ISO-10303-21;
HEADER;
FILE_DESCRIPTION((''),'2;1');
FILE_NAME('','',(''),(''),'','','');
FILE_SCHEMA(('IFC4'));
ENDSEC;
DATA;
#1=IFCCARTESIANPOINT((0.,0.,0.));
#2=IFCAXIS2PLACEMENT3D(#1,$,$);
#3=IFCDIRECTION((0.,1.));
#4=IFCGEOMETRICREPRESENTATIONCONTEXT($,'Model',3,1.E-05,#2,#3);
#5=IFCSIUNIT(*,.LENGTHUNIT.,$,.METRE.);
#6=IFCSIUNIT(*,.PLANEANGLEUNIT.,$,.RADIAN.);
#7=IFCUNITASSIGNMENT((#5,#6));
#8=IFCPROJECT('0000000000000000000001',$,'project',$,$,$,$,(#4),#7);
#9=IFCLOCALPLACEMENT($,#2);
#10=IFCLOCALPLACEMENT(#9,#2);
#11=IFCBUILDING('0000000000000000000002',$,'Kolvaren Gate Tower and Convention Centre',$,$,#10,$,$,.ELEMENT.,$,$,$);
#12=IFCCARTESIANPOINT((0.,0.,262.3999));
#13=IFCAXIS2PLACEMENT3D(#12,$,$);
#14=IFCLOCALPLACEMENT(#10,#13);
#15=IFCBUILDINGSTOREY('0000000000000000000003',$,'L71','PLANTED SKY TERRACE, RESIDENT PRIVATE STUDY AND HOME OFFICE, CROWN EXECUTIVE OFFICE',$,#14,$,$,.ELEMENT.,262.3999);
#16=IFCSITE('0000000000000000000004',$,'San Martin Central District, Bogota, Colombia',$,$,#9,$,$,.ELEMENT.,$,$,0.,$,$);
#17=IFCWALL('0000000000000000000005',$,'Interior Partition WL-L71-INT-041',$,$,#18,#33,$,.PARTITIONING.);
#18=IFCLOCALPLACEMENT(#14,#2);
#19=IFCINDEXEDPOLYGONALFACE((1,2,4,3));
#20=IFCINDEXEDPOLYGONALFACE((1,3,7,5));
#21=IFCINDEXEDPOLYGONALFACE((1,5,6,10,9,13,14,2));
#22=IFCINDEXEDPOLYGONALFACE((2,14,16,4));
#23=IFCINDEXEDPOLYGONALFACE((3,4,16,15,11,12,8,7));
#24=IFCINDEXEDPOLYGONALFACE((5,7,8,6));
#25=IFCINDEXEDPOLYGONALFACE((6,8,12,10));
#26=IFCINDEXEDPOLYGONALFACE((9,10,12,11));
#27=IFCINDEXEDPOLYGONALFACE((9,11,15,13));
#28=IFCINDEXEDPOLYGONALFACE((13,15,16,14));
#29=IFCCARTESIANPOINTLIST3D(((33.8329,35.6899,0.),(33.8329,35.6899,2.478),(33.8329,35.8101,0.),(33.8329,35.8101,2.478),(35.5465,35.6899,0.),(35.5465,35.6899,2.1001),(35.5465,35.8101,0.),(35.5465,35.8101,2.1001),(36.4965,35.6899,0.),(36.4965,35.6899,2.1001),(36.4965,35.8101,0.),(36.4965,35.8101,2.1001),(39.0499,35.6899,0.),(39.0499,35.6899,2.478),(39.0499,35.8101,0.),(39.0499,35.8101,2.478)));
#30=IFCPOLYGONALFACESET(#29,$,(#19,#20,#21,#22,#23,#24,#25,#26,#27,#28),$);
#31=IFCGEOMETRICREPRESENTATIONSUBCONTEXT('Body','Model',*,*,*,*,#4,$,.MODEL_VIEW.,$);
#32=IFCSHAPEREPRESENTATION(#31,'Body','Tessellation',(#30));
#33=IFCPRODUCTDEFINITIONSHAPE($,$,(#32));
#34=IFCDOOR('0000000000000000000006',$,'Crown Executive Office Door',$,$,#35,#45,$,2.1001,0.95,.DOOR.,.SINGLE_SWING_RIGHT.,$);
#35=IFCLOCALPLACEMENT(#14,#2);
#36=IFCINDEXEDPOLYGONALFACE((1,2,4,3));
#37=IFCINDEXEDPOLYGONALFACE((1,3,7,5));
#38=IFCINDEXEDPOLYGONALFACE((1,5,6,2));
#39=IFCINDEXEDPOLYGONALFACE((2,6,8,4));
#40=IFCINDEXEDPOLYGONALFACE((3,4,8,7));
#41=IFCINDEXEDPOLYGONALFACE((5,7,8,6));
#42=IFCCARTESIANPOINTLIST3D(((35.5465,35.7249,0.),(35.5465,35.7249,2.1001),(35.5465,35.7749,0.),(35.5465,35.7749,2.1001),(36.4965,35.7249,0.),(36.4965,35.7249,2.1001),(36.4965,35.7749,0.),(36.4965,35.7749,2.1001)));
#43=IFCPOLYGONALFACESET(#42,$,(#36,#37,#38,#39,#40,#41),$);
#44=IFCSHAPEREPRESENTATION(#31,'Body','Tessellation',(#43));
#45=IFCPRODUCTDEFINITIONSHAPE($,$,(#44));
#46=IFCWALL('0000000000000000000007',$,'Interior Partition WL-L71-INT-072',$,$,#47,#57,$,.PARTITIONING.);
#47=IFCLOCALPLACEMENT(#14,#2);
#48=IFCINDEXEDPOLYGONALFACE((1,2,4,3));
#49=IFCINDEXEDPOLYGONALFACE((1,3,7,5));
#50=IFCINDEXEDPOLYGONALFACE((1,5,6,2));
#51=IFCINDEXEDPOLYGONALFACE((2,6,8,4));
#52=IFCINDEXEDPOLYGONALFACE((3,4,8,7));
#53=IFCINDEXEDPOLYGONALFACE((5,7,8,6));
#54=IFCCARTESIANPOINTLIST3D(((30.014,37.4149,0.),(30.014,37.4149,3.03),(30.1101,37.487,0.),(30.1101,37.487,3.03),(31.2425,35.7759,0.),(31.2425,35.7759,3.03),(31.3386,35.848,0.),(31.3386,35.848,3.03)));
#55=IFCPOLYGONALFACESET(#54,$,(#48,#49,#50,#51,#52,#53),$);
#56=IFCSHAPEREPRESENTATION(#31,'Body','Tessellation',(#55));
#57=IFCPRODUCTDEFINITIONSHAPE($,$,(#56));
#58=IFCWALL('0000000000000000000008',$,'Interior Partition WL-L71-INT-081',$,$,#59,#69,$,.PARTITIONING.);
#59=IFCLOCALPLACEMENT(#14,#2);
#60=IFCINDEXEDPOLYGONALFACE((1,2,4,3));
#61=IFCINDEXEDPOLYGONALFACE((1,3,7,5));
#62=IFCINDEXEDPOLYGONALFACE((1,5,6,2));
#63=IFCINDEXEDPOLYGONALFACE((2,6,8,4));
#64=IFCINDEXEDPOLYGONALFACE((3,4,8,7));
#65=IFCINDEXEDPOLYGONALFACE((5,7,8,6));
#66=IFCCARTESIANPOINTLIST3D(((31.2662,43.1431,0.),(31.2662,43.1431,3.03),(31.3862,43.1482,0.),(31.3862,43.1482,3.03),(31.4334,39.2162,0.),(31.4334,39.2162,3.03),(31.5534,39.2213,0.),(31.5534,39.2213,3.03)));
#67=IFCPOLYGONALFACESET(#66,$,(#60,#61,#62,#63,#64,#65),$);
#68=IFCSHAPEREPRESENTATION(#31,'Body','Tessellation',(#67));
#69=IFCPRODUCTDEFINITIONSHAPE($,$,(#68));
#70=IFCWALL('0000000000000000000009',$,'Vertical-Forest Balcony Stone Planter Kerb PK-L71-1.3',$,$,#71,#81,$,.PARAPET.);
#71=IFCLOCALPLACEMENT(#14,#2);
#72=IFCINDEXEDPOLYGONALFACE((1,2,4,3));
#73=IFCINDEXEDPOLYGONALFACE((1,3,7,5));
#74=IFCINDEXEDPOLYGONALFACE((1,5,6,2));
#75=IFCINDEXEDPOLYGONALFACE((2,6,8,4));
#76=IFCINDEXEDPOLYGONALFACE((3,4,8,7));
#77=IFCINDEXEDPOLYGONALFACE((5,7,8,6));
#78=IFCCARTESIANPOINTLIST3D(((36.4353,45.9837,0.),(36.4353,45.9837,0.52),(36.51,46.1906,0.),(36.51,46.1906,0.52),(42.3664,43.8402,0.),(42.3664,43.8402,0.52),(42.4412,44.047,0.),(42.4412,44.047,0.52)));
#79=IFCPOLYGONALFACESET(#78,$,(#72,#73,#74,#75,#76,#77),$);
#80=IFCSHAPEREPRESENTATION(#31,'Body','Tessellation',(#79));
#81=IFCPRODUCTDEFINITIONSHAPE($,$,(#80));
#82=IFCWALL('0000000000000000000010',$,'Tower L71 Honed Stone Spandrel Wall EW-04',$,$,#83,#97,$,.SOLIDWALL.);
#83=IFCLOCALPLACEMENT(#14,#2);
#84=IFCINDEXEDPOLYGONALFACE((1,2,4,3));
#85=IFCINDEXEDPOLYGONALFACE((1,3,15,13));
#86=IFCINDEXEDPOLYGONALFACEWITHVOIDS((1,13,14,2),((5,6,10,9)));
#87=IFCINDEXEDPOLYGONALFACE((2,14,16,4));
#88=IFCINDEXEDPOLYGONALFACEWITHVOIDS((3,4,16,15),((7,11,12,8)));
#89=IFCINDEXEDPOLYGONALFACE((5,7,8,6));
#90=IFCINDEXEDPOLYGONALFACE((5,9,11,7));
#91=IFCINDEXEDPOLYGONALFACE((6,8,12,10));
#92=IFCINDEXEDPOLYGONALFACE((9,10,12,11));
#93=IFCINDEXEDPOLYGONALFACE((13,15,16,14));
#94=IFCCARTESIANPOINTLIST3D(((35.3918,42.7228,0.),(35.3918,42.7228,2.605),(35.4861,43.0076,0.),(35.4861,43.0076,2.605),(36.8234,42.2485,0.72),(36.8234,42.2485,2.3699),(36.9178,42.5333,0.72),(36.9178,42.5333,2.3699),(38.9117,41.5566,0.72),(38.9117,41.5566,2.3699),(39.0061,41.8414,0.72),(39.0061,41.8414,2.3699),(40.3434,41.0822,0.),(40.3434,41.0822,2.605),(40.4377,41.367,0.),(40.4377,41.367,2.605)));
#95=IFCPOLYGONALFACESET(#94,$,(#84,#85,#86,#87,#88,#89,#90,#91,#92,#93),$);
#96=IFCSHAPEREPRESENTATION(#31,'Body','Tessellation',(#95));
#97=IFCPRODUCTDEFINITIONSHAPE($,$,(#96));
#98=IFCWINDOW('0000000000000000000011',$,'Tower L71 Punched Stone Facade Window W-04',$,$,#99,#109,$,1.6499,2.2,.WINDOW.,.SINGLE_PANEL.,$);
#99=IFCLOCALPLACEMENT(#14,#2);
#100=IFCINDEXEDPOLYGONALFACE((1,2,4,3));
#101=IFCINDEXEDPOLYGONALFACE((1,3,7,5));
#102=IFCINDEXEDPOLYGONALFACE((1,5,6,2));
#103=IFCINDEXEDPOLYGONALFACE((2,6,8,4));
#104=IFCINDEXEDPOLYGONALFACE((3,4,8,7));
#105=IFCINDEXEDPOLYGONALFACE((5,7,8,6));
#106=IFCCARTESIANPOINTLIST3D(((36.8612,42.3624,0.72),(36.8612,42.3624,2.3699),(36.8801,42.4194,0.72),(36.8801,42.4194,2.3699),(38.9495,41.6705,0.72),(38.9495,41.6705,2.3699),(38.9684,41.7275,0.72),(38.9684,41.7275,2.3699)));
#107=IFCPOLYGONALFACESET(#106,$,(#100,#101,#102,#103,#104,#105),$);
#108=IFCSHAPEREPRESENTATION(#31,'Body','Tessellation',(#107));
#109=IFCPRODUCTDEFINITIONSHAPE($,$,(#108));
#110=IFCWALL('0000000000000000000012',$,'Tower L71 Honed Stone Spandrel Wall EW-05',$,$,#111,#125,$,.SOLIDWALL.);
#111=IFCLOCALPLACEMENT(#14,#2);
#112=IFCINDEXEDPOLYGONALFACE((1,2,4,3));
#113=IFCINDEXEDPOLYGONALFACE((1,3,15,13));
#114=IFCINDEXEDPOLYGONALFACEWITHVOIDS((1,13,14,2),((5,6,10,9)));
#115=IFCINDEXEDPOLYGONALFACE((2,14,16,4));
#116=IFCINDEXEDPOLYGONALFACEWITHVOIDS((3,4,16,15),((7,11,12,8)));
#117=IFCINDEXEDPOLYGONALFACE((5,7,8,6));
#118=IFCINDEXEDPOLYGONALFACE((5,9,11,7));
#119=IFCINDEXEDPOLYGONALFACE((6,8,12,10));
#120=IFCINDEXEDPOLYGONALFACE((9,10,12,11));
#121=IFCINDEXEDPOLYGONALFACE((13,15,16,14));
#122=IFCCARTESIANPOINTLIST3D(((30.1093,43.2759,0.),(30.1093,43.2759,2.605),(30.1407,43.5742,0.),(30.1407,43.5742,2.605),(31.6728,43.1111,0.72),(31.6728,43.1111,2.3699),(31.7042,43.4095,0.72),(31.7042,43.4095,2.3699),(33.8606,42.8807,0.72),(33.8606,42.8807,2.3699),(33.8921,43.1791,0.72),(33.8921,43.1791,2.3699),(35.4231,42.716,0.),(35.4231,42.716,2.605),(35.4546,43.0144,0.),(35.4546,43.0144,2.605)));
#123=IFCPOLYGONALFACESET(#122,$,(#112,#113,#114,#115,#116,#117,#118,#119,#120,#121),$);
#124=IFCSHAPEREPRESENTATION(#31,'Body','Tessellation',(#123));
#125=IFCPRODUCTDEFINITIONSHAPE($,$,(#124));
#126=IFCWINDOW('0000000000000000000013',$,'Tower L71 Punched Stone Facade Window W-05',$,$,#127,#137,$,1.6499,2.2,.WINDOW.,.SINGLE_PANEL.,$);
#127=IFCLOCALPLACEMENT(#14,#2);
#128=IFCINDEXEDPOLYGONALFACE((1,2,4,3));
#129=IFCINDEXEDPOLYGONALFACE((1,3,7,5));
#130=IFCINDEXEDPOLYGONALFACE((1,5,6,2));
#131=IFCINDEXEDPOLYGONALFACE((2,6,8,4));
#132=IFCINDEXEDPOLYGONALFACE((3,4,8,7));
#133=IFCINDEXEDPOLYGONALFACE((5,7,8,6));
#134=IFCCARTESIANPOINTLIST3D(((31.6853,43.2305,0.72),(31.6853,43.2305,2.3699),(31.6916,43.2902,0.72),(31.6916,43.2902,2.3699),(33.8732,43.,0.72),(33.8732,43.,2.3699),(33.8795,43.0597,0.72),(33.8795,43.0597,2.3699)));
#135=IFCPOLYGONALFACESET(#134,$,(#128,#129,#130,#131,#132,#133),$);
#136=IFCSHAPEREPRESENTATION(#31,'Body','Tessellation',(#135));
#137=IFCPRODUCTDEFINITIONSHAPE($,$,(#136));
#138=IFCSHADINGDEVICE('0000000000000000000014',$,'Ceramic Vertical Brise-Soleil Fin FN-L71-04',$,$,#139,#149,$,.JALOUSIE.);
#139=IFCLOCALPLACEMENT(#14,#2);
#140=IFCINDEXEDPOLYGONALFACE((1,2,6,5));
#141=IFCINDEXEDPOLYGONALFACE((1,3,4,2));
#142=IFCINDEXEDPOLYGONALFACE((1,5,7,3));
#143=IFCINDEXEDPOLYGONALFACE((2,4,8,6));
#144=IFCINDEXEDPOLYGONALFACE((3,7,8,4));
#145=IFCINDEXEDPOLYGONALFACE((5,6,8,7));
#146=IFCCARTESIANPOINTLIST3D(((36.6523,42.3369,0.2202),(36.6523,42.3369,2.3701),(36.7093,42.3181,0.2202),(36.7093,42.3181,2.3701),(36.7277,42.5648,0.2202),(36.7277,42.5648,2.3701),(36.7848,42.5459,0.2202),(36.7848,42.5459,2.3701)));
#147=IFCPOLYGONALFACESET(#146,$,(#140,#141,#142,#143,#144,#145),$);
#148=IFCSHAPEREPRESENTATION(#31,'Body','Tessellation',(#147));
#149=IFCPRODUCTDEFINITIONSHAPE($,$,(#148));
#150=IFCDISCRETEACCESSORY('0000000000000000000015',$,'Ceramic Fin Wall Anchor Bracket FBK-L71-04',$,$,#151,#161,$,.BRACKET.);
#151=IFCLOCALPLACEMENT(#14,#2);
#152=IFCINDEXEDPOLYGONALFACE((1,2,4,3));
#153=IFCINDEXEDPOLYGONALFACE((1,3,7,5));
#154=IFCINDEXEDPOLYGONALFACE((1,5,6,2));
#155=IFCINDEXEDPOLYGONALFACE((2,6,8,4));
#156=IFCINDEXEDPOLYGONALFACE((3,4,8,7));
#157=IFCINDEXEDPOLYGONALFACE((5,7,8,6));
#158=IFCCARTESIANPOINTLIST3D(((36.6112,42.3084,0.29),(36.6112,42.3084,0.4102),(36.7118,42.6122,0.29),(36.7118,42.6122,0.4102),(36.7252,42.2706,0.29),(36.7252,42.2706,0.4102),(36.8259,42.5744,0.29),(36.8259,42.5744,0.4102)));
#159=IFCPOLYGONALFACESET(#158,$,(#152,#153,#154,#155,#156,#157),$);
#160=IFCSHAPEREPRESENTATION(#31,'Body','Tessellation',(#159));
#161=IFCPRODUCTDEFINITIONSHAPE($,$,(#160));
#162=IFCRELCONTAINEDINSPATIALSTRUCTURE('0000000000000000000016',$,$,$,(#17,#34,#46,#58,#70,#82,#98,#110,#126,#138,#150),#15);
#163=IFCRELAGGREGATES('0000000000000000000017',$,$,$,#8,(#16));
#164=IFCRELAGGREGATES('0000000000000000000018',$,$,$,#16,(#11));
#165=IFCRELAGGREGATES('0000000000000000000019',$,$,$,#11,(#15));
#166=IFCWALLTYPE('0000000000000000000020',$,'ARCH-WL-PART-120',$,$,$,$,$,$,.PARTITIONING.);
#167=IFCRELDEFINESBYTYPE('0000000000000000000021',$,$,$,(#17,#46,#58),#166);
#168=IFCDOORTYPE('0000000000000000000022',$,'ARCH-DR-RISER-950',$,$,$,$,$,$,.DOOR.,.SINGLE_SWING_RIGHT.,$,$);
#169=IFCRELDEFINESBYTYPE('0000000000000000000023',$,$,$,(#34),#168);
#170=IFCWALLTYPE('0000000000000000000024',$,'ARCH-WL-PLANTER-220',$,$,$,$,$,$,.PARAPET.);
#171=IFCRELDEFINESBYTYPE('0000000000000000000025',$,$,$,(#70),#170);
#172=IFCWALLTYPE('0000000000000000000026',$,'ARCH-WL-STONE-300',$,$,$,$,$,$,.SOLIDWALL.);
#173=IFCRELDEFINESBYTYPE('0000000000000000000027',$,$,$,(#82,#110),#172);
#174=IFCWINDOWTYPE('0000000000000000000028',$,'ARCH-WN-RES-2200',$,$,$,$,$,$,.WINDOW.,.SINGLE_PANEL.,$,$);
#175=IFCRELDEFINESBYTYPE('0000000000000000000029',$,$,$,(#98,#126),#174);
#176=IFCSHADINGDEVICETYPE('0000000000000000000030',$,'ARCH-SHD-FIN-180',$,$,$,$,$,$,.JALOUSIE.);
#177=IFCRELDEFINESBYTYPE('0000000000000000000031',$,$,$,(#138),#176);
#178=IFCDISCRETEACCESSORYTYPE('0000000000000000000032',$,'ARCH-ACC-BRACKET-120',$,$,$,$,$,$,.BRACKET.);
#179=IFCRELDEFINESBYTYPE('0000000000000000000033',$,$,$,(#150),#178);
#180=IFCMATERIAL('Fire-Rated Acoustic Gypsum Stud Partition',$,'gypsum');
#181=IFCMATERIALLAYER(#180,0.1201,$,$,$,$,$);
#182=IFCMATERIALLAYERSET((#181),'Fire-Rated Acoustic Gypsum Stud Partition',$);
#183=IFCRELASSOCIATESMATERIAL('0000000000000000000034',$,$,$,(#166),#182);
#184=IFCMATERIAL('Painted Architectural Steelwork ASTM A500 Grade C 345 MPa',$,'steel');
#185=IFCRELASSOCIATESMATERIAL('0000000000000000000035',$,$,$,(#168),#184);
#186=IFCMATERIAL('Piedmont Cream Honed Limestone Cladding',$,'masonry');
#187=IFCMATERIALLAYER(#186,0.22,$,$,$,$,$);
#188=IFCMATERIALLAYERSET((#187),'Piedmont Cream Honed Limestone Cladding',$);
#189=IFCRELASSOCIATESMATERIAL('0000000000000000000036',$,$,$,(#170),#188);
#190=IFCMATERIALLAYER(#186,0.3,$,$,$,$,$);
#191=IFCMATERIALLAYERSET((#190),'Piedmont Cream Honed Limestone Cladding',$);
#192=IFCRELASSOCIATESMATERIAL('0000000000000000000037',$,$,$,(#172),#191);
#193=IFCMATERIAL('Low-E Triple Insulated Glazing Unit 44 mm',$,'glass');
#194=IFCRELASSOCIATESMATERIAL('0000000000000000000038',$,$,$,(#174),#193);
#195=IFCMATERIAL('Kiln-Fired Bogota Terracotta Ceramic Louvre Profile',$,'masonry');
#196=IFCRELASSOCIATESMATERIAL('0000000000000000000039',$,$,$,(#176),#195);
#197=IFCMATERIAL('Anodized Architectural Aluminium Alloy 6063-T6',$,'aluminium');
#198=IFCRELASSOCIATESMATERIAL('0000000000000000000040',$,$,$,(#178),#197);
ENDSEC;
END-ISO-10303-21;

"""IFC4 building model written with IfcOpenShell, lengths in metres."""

from ifc_helpers import new_model, si_unit, direction, frame, frame_2d, origin, origin_2d, place, context, subcontext, project, spatial, rectangle, extrude, material, layer, layer_set, type_object, element, fill, save


model = new_model("IFC4")

# Units and contexts
model_context = context("Model", 3, precision=1e-05, world=origin(), true_north=direction((0.0, 1.0)))
body_context = subcontext(model_context, "Body", "Model", "MODEL_VIEW")
ifc_project = project(units=[si_unit("LENGTHUNIT", "METRE"), si_unit("PLANEANGLEUNIT", "RADIAN")], contexts=[model_context])

# Site, building, storey
site_placement = place(None, origin())
site = spatial("IfcSite", under=ifc_project, at=site_placement, Name="San Martin Central District, Bogota, Colombia", CompositionType="ELEMENT", RefElevation=0.0)
building_placement = place(site_placement, origin())
building = spatial("IfcBuilding", under=site, at=building_placement, Name="Kolvaren Gate Tower and Convention Centre", CompositionType="ELEMENT")
storey_placement = place(building_placement, frame((0.0, 0.0, 262.3999)))
storey = spatial("IfcBuildingStorey", under=building, at=storey_placement, Name="L71", Description="PLANTED SKY TERRACE, RESIDENT PRIVATE STUDY AND HOME OFFICE, CROWN EXECUTIVE OFFICE", CompositionType="ELEMENT", Elevation=262.3999)

# Shared definitions
ifc_material_1 = material(Name="Fire-Rated Acoustic Gypsum Stud Partition", Category="gypsum")
ifc_layer_1 = layer(ifc_material_1, 0.1201)
ifc_layer_set_1 = layer_set([ifc_layer_1], Name="Fire-Rated Acoustic Gypsum Stud Partition")
wall_type_1 = type_object("IfcWallType", Name="ARCH-WL-PART-120", PredefinedType="PARTITIONING", material=ifc_layer_set_1)

# Wall, opening, door
wall_1_placement = place(storey_placement, frame((33.833, 35.75, 0.0), z_axis=(0.0, 0.0, 1.0), x_axis=(1.0, 0.0, 0.0)))
wall_1 = element("IfcWall", 1, at=wall_1_placement, inside=storey, type_object=wall_type_1, Name="Interior Partition WL-L71-INT-041", PredefinedType="PARTITIONING", context=body_context, shape_type="SweptSolid", body=[
    extrude(rectangle(XDim=5.217, YDim=0.1201, at=frame_2d((2.6084, 0.0))), origin(), (0.0, 0.0, 1.0), 2.478),
])
opening_1_placement = place(wall_1_placement, frame((1.7134, 0.0, 0.0)))
opening_1 = element("IfcOpeningElement", 2, at=opening_1_placement, cuts=wall_1, PredefinedType="OPENING", context=body_context, shape_type="SweptSolid", body=[
    extrude(rectangle(XDim=0.95, YDim=2.1001, at=frame_2d((0.4751, 1.05))), frame((0.0, 0.0701, 0.0), z_axis=(0.0, -1.0, 0.0), x_axis=(1.0, 0.0, 0.0)), (0.0, 0.0, 1.0), 0.1401),
])
ifc_material_2 = material(Name="Painted Architectural Steelwork ASTM A500 Grade C 345 MPa", Category="steel")
door_type = type_object("IfcDoorType", Name="ARCH-DR-RISER-950", OperationType="SINGLE_SWING_RIGHT", PredefinedType="DOOR", material=ifc_material_2)
door_placement = place(opening_1_placement, origin())
door = element("IfcDoor", 3, at=door_placement, inside=storey, type_object=door_type, Name="Crown Executive Office Door", OperationType="SINGLE_SWING_RIGHT", OverallHeight=2.1001, OverallWidth=0.95, PredefinedType="DOOR", context=body_context, shape_type="SweptSolid", body=[
    extrude(rectangle(XDim=0.95, YDim=2.1001, at=frame_2d((0.4751, 1.05))), frame((0.0, 0.0249, 0.0), z_axis=(0.0, -1.0, 0.0), x_axis=(1.0, 0.0, 0.0)), (0.0, 0.0, 1.0), 0.05),
])
fill(opening_1, door)

# Walls
wall_2_placement = place(storey_placement, frame((30.062, 37.4509, 0.0), z_axis=(0.0, 0.0, 1.0), x_axis=(0.59979, -0.800157, 0.0)))
element("IfcWall", 4, at=wall_2_placement, inside=storey, type_object=wall_type_1, Name="Interior Partition WL-L71-INT-072", PredefinedType="PARTITIONING", context=body_context, shape_type="SweptSolid", body=[
    extrude(rectangle(XDim=2.0483, YDim=0.1201, at=frame_2d((1.0242, 0.0))), origin(), (0.0, 0.0, 1.0), 3.03),
])
wall_3_placement = place(storey_placement, frame((31.3262, 43.1458, 0.0), z_axis=(0.0, 0.0, 1.0), x_axis=(0.04255, -0.999094, 0.0)))
element("IfcWall", 5, at=wall_3_placement, inside=storey, type_object=wall_type_1, Name="Interior Partition WL-L71-INT-081", PredefinedType="PARTITIONING", context=body_context, shape_type="SweptSolid", body=[
    extrude(rectangle(XDim=3.9304, YDim=0.1201, at=frame_2d((1.9653, 0.0))), origin(), (0.0, 0.0, 1.0), 3.03),
])
ifc_material_3 = material(Name="Piedmont Cream Honed Limestone Cladding", Category="masonry")
ifc_layer_2 = layer(ifc_material_3, 0.22)
ifc_layer_set_2 = layer_set([ifc_layer_2], Name="Piedmont Cream Honed Limestone Cladding")
wall_type_2 = type_object("IfcWallType", Name="ARCH-WL-PLANTER-220", PredefinedType="PARAPET", material=ifc_layer_set_2)
wall_4_placement = place(storey_placement, frame((36.4727, 46.0872, 0.0), z_axis=(0.0, 0.0, 1.0), x_axis=(0.940465, -0.33989, 0.0)))
element("IfcWall", 6, at=wall_4_placement, inside=storey, type_object=wall_type_2, Name="Vertical-Forest Balcony Stone Planter Kerb PK-L71-1.3", PredefinedType="PARAPET", context=body_context, shape_type="SweptSolid", body=[
    extrude(rectangle(XDim=6.3066, YDim=0.22, at=frame_2d((3.1533, 0.0))), origin(), (0.0, 0.0, 1.0), 0.52),
])

# Walls, openings, windows
ifc_layer_3 = layer(ifc_material_3, 0.3)
ifc_layer_set_3 = layer_set([ifc_layer_3], Name="Piedmont Cream Honed Limestone Cladding")
wall_type_3 = type_object("IfcWallType", Name="ARCH-WL-STONE-300", PredefinedType="SOLIDWALL", material=ifc_layer_set_3)
wall_5_placement = place(storey_placement, frame((35.439, 42.8652, 0.0), z_axis=(0.0, 0.0, 1.0), x_axis=(0.949253, -0.314514, 0.0)))
wall_5 = element("IfcWall", 7, at=wall_5_placement, inside=storey, type_object=wall_type_3, Name="Tower L71 Honed Stone Spandrel Wall EW-04", PredefinedType="SOLIDWALL", context=body_context, shape_type="SweptSolid", body=[
    extrude(rectangle(XDim=5.2163, YDim=0.3, at=frame_2d((2.6082, 0.0))), origin(), (0.0, 0.0, 1.0), 2.605),
])
opening_2_placement = place(wall_5_placement, frame((1.5081, 0.0, 0.72)))
opening_2 = element("IfcOpeningElement", 8, at=opening_2_placement, cuts=wall_5, PredefinedType="OPENING", context=body_context, shape_type="SweptSolid", body=[
    extrude(rectangle(XDim=2.2, YDim=1.6499, at=frame_2d((1.1001, 0.825))), frame((0.0, 0.1599, 0.0), z_axis=(0.0, -1.0, 0.0), x_axis=(1.0, 0.0, 0.0)), (0.0, 0.0, 1.0), 0.3201),
])
ifc_material_4 = material(Name="Low-E Triple Insulated Glazing Unit 44 mm", Category="glass")
window_type = type_object("IfcWindowType", Name="ARCH-WN-RES-2200", PartitioningType="SINGLE_PANEL", PredefinedType="WINDOW", material=ifc_material_4)
window_1_placement = place(opening_2_placement, origin())
window_1 = element("IfcWindow", 9, at=window_1_placement, inside=storey, type_object=window_type, Name="Tower L71 Punched Stone Facade Window W-04", OverallHeight=1.6499, OverallWidth=2.2, PartitioningType="SINGLE_PANEL", PredefinedType="WINDOW", context=body_context, shape_type="SweptSolid", body=[
    extrude(rectangle(XDim=2.2, YDim=1.6499, at=frame_2d((1.1001, 0.825))), frame((0.0, 0.03, 0.0), z_axis=(0.0, -1.0, 0.0), x_axis=(1.0, 0.0, 0.0)), (0.0, 0.0, 1.0), 0.0601),
])
fill(opening_2, window_1)
wall_6_placement = place(storey_placement, frame((30.125, 43.425, 0.0), z_axis=(0.0, 0.0, 1.0), x_axis=(0.994497, -0.104768, 0.0)))
wall_6 = element("IfcWall", 10, at=wall_6_placement, inside=storey, type_object=wall_type_3, Name="Tower L71 Honed Stone Spandrel Wall EW-05", PredefinedType="SOLIDWALL", context=body_context, shape_type="SweptSolid", body=[
    extrude(rectangle(XDim=5.3433, YDim=0.3, at=frame_2d((2.6716, 0.0))), origin(), (0.0, 0.0, 1.0), 2.605),
])
opening_3_placement = place(wall_6_placement, frame((1.572, 0.0, 0.72)))
opening_3 = element("IfcOpeningElement", 11, at=opening_3_placement, cuts=wall_6, PredefinedType="OPENING", context=body_context, shape_type="SweptSolid", body=[
    extrude(rectangle(XDim=2.2, YDim=1.6499, at=frame_2d((1.1001, 0.825))), frame((0.0, 0.1599, 0.0), z_axis=(0.0, -1.0, 0.0), x_axis=(1.0, 0.0, 0.0)), (0.0, 0.0, 1.0), 0.3201),
])
window_2_placement = place(opening_3_placement, origin())
window_2 = element("IfcWindow", 12, at=window_2_placement, inside=storey, type_object=window_type, Name="Tower L71 Punched Stone Facade Window W-05", OverallHeight=1.6499, OverallWidth=2.2, PartitioningType="SINGLE_PANEL", PredefinedType="WINDOW", context=body_context, shape_type="SweptSolid", body=[
    extrude(rectangle(XDim=2.2, YDim=1.6499, at=frame_2d((1.1001, 0.825))), frame((0.0, 0.03, 0.0), z_axis=(0.0, -1.0, 0.0), x_axis=(1.0, 0.0, 0.0)), (0.0, 0.0, 1.0), 0.0601),
])
fill(opening_3, window_2)

# Shading device
ifc_material_5 = material(Name="Kiln-Fired Bogota Terracotta Ceramic Louvre Profile", Category="masonry")
shading_device_type = type_object("IfcShadingDeviceType", Name="ARCH-SHD-FIN-180", PredefinedType="JALOUSIE", material=ifc_material_5)
shading_device_placement = place(storey_placement, frame((36.7185, 42.4414, 0.2202), z_axis=(0.0, 0.0, 1.0), x_axis=(0.949243, -0.314543, 0.0)))
element("IfcShadingDevice", 13, at=shading_device_placement, inside=storey, type_object=shading_device_type, Name="Ceramic Vertical Brise-Soleil Fin FN-L71-04", PredefinedType="JALOUSIE", context=body_context, shape_type="SweptSolid", body=[
    extrude(rectangle(XDim=0.0601, YDim=0.24, at=origin_2d()), origin(), (0.0, 0.0, 1.0), 2.1499),
])

# Discrete accessory
ifc_material_6 = material(Name="Anodized Architectural Aluminium Alloy 6063-T6", Category="aluminium")
discrete_accessory_type = type_object("IfcDiscreteAccessoryType", Name="ARCH-ACC-BRACKET-120", PredefinedType="BRACKET", material=ifc_material_6)
discrete_accessory_placement = place(storey_placement, frame((36.7185, 42.4414, 0.29), z_axis=(0.0, 0.0, 1.0), x_axis=(0.949243, -0.314543, 0.0)))
element("IfcDiscreteAccessory", 14, at=discrete_accessory_placement, inside=storey, type_object=discrete_accessory_type, Name="Ceramic Fin Wall Anchor Bracket FBK-L71-04", PredefinedType="BRACKET", context=body_context, shape_type="SweptSolid", body=[
    extrude(rectangle(XDim=0.1201, YDim=0.3201, at=origin_2d()), origin(), (0.0, 0.0, 1.0), 0.1201),
])

save(model, "model.ifc")
